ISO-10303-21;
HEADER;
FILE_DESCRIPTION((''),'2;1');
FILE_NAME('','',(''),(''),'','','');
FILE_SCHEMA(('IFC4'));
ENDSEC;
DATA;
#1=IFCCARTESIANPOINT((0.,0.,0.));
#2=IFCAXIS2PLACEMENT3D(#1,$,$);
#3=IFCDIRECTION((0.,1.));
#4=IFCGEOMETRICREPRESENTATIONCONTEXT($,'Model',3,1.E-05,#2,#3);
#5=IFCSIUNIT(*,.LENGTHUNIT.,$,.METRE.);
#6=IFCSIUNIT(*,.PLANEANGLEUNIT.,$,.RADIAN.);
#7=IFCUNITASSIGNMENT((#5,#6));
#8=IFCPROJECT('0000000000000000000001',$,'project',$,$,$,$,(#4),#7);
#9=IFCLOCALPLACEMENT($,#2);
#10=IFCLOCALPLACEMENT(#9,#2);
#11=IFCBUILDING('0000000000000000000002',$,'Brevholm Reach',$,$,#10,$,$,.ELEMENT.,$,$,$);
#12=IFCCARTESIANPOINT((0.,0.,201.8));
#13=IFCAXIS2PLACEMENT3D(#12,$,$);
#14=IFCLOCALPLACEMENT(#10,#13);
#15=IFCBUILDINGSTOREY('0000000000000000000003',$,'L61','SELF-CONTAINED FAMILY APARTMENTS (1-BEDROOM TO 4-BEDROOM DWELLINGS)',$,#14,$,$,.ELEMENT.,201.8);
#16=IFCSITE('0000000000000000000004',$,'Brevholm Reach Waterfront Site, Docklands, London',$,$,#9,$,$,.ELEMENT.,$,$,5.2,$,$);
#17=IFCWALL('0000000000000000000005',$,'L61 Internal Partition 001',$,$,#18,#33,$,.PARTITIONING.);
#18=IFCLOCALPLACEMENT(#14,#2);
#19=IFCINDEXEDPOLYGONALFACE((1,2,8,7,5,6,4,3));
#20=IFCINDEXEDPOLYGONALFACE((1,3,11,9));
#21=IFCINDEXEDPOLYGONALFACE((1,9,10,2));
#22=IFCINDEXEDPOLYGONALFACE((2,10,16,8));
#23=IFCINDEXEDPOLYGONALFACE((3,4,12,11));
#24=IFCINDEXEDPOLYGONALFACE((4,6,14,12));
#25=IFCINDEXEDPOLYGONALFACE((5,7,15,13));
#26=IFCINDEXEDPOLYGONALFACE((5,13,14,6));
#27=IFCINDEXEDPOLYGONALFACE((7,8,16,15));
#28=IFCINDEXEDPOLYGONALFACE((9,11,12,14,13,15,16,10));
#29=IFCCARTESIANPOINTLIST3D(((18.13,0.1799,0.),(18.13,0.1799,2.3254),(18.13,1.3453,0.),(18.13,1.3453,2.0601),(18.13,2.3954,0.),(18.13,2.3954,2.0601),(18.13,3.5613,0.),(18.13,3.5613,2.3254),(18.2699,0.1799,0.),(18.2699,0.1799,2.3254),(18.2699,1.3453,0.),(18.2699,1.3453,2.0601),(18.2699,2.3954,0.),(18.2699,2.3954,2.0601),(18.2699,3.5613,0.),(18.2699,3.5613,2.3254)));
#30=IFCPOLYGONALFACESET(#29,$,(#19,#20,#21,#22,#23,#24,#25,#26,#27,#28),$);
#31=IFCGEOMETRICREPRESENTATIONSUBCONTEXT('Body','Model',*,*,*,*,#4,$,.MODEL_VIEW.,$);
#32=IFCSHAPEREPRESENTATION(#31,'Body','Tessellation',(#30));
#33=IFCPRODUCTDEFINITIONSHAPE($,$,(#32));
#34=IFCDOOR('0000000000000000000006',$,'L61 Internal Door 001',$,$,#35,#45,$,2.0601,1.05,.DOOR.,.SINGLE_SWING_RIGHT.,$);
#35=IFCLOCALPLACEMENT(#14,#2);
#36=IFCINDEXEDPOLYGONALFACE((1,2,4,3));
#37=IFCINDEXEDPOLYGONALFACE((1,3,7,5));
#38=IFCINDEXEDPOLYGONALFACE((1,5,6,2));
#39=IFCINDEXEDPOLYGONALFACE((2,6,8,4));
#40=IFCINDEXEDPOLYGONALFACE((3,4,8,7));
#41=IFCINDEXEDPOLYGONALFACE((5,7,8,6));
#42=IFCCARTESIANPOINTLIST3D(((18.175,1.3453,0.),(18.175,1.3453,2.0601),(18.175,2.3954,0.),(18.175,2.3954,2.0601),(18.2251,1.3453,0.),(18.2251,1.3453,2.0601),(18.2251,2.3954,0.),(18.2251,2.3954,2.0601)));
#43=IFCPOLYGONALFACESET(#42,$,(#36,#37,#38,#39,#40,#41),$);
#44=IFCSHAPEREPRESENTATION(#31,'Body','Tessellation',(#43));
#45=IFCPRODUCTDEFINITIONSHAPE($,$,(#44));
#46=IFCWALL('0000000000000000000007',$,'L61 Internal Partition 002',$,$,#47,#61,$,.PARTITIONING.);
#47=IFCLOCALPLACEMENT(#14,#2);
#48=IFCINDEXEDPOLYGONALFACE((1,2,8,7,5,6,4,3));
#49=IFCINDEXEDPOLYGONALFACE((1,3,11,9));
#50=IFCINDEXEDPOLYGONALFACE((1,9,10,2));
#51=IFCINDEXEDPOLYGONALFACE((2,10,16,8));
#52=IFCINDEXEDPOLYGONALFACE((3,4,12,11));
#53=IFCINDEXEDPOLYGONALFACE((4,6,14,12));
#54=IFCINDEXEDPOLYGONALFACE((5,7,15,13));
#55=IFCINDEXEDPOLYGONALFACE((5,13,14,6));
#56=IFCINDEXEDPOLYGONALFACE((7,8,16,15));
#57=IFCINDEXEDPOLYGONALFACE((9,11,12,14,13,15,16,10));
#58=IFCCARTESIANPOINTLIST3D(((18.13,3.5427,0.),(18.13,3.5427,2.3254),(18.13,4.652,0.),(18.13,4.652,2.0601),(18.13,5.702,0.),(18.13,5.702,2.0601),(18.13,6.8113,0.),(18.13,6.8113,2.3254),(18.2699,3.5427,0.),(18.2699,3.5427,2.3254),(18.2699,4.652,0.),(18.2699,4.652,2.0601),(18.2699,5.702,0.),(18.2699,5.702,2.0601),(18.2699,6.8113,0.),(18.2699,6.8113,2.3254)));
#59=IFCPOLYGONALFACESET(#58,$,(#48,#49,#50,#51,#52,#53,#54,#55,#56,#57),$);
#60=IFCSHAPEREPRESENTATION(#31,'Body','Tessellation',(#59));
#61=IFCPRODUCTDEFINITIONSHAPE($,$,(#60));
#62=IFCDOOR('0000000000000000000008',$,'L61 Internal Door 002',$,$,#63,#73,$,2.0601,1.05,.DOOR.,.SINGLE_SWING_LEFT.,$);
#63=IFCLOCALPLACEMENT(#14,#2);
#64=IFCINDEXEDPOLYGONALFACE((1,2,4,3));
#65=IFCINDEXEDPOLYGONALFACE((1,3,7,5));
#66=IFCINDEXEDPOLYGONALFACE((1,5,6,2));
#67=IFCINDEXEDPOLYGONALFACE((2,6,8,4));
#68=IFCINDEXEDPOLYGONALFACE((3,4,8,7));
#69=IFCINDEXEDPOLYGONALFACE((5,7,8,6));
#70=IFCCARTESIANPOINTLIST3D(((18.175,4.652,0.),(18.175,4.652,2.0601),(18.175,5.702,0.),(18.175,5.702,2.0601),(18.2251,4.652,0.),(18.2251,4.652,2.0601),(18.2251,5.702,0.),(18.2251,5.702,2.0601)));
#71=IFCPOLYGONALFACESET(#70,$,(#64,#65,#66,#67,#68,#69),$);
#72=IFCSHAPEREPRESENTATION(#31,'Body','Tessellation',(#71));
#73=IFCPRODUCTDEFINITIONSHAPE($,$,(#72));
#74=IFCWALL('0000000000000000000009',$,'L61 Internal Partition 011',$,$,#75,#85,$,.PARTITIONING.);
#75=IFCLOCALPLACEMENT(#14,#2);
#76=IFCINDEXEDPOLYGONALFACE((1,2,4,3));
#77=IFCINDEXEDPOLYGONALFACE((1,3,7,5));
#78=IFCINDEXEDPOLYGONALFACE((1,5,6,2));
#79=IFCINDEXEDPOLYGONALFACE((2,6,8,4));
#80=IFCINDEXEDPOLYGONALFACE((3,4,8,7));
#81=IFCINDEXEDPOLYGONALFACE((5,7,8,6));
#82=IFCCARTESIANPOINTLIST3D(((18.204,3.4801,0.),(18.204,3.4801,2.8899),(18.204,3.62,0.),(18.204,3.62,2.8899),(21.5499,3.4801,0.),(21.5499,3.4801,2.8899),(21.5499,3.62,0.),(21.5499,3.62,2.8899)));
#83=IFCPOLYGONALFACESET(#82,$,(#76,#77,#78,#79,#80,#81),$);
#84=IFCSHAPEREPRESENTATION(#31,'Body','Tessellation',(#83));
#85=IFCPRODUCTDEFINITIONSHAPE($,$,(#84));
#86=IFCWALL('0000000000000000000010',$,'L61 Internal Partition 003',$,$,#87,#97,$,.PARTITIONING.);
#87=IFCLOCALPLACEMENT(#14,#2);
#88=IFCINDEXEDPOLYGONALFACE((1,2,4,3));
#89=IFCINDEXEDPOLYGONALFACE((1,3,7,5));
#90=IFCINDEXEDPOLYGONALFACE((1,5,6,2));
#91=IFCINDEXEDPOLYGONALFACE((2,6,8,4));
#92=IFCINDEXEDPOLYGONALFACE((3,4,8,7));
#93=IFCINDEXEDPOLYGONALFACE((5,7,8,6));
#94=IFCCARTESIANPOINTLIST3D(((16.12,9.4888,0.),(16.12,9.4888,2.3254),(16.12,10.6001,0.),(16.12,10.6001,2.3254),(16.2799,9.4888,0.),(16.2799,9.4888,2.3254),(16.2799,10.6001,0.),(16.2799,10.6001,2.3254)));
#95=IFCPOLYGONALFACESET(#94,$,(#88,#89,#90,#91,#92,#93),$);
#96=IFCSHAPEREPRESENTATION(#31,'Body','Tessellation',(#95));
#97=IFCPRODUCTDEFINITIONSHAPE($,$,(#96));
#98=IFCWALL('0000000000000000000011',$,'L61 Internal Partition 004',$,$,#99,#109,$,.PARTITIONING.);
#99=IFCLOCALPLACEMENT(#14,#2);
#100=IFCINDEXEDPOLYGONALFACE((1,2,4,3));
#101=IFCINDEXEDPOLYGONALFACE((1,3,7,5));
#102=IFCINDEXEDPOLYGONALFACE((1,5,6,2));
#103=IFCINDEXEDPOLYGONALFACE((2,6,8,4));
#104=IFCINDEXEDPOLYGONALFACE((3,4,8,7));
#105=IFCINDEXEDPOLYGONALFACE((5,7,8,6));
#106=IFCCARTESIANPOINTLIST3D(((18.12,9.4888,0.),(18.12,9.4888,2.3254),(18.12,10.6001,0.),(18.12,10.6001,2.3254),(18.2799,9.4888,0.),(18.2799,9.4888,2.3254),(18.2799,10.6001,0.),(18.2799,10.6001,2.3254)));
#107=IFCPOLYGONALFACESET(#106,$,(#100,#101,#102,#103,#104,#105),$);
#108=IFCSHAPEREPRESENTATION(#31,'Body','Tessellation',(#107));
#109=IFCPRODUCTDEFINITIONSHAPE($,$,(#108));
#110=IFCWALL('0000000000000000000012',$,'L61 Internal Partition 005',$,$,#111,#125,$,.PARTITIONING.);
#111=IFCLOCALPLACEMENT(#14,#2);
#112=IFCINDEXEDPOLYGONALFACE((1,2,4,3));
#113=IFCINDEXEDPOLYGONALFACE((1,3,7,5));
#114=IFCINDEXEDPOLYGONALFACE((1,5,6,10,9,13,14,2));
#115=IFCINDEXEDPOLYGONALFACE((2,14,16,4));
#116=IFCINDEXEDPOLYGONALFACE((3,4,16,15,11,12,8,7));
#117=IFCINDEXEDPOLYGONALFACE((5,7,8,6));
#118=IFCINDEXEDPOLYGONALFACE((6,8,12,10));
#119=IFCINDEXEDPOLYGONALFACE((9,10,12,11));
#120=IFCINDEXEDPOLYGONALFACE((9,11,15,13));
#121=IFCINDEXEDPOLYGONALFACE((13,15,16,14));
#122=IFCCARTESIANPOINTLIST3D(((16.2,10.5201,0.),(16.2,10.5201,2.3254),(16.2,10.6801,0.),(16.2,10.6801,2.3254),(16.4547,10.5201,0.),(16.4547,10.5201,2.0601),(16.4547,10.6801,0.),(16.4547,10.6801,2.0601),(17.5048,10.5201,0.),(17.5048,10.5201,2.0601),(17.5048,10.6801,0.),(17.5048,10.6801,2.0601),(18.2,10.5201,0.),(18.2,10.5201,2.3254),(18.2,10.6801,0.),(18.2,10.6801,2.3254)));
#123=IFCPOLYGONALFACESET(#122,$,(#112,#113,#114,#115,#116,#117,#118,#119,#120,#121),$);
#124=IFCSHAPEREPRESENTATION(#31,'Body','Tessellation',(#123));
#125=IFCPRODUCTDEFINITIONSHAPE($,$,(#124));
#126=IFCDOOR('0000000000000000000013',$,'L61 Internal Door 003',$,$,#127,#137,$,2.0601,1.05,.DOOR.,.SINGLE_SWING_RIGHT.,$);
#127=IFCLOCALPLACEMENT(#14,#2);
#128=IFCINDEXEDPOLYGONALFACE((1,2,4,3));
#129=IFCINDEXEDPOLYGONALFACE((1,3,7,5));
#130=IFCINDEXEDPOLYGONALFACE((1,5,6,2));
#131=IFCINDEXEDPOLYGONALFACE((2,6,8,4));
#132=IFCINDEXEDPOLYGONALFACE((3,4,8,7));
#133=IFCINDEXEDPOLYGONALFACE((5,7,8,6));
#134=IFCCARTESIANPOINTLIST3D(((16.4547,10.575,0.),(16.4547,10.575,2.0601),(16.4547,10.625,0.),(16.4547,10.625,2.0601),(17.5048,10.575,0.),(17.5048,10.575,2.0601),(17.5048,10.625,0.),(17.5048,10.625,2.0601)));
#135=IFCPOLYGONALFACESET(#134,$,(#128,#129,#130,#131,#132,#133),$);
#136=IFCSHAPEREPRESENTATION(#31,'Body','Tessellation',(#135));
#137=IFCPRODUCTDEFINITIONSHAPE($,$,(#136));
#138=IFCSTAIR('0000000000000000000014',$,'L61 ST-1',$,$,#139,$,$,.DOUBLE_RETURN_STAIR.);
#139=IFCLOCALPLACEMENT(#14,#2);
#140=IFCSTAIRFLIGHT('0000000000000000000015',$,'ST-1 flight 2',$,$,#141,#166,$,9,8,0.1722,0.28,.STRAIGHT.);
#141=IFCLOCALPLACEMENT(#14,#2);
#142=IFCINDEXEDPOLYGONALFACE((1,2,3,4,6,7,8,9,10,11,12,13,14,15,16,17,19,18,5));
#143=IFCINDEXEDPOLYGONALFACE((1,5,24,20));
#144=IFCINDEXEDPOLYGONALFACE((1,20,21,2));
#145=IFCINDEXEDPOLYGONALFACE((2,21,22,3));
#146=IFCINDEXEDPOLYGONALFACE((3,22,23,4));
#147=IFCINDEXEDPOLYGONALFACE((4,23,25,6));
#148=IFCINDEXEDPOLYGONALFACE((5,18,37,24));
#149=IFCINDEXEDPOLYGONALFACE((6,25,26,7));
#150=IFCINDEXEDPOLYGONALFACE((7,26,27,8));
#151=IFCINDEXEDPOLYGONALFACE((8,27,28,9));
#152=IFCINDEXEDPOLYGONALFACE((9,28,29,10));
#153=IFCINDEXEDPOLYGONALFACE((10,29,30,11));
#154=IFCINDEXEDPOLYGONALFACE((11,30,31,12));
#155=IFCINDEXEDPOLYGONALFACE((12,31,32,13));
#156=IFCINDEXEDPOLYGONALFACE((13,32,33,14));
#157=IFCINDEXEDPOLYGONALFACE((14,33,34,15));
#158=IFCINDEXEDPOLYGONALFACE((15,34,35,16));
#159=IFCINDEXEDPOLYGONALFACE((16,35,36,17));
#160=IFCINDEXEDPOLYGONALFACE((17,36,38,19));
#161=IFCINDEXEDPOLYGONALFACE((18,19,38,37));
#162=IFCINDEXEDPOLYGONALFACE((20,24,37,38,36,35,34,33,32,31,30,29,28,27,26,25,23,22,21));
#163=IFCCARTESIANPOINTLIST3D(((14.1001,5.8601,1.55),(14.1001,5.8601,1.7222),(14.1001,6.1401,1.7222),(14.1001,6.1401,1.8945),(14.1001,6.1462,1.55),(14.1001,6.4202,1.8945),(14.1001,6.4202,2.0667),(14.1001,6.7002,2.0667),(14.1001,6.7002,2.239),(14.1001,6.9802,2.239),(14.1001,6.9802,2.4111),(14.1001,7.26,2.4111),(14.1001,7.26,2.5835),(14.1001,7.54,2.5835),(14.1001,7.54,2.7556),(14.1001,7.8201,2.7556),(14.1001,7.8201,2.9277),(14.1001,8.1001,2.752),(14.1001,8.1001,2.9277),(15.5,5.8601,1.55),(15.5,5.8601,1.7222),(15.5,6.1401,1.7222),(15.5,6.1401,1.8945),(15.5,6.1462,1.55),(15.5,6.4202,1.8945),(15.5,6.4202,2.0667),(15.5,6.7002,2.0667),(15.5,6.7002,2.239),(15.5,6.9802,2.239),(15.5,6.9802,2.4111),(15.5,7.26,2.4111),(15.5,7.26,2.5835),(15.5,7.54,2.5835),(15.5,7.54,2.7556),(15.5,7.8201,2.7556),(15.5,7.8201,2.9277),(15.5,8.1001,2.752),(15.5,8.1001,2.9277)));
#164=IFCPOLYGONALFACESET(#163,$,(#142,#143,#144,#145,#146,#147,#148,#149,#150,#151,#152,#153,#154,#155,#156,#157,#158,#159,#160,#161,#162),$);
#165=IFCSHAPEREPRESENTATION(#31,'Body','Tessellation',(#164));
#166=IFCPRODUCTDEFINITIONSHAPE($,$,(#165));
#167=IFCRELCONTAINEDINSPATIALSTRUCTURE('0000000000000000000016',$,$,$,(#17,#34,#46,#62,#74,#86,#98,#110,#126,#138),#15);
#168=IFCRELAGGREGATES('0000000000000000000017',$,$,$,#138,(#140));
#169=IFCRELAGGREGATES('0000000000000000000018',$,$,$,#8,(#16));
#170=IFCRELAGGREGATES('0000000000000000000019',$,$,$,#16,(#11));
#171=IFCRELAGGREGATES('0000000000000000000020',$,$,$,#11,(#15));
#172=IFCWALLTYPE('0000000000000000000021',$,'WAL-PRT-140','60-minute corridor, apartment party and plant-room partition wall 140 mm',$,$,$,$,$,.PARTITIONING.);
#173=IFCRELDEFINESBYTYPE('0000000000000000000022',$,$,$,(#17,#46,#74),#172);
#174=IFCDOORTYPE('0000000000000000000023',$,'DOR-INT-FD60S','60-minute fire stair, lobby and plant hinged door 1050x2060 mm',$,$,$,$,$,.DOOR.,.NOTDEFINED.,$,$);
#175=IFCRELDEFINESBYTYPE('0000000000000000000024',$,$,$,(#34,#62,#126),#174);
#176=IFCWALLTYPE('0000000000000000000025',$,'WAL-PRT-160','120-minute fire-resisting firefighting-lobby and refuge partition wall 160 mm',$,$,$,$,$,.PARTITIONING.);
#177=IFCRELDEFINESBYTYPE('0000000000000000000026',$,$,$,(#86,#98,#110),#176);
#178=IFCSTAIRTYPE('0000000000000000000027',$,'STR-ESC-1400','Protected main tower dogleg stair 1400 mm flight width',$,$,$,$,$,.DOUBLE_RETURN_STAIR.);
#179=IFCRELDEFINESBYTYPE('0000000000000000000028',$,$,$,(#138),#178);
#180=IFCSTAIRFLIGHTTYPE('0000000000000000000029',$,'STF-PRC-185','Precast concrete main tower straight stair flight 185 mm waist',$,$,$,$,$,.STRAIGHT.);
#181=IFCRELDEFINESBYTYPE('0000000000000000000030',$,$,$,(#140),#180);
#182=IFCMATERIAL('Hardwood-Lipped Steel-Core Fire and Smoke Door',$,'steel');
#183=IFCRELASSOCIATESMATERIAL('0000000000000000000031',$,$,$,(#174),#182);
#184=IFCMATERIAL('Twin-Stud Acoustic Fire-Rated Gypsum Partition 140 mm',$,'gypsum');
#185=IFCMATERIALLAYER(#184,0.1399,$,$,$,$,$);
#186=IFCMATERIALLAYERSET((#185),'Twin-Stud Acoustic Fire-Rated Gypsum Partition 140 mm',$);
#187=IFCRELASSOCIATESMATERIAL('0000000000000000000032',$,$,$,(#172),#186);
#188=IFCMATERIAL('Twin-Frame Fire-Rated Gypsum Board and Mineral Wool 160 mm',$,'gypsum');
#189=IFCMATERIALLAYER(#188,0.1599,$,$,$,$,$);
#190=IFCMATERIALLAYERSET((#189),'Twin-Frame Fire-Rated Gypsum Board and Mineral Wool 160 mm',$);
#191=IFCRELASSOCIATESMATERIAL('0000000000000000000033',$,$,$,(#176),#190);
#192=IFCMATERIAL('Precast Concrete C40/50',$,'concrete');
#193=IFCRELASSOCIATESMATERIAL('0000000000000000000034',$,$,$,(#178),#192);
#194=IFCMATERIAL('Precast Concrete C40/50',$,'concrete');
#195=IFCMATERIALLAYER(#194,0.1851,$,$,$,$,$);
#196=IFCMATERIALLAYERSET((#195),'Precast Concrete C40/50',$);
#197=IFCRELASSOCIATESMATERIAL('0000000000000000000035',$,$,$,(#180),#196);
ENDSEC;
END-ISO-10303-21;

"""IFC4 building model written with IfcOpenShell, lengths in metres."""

from ifc_helpers import new_model, si_unit, direction, frame, frame_2d, origin, place, context, subcontext, project, spatial, polyline, rectangle, outline, extrude, material, layer, layer_set, type_object, element, fill, aggregate, save


model = new_model("IFC4")

# Units and contexts
model_context = context("Model", 3, precision=1e-05, world=origin(), true_north=direction((0.0, 1.0)))
body_context = subcontext(model_context, "Body", "Model", "MODEL_VIEW")
ifc_project = project(units=[si_unit("LENGTHUNIT", "METRE"), si_unit("PLANEANGLEUNIT", "RADIAN")], contexts=[model_context])

# Site, building, storey
site_placement = place(None, origin())
site = spatial("IfcSite", under=ifc_project, at=site_placement, Name="Brevholm Reach Waterfront Site, Docklands, London", CompositionType="ELEMENT", RefElevation=5.2)
building_placement = place(site_placement, origin())
building = spatial("IfcBuilding", under=site, at=building_placement, Name="Brevholm Reach", CompositionType="ELEMENT")
storey_placement = place(building_placement, frame((0.0, 0.0, 201.8)))
storey = spatial("IfcBuildingStorey", under=building, at=storey_placement, Name="L61", Description="SELF-CONTAINED FAMILY APARTMENTS (1-BEDROOM TO 4-BEDROOM DWELLINGS)", CompositionType="ELEMENT", Elevation=201.8)

# Shared definitions
ifc_material_1 = material(Name="Hardwood-Lipped Steel-Core Fire and Smoke Door", Category="steel")
door_type_1 = type_object("IfcDoorType", Name="DOR-INT-FD60S", Description="60-minute fire stair, lobby and plant hinged door 1050x2060 mm", OperationType="NOTDEFINED", PredefinedType="DOOR", material=ifc_material_1)

# Walls, openings, doors
ifc_material_2 = material(Name="Twin-Stud Acoustic Fire-Rated Gypsum Partition 140 mm", Category="gypsum")
ifc_layer_1 = layer(ifc_material_2, 0.1399)
ifc_layer_set_1 = layer_set([ifc_layer_1], Name="Twin-Stud Acoustic Fire-Rated Gypsum Partition 140 mm")
wall_type_1 = type_object("IfcWallType", Name="WAL-PRT-140", Description="60-minute corridor, apartment party and plant-room partition wall 140 mm", PredefinedType="PARTITIONING", material=ifc_layer_set_1)
wall_1_placement = place(storey_placement, frame((18.2, 0.1799, 0.0), z_axis=(0.0, 0.0, 1.0), x_axis=(0.0, 1.0, 0.0)))
wall_1 = element("IfcWall", 1, at=wall_1_placement, inside=storey, type_object=wall_type_1, Name="L61 Internal Partition 001", PredefinedType="PARTITIONING", context=body_context, shape_type="SweptSolid", body=[
    extrude(rectangle(XDim=3.3813, YDim=0.1399, at=frame_2d((1.6907, 0.0))), origin(), (0.0, 0.0, 1.0), 2.3254),
])
opening_1_placement = place(wall_1_placement, frame((1.1655, 0.0, 0.0)))
opening_1 = element("IfcOpeningElement", 2, at=opening_1_placement, cuts=wall_1, PredefinedType="OPENING", context=body_context, shape_type="SweptSolid", body=[
    extrude(rectangle(XDim=1.05, YDim=2.0601, at=frame_2d((0.5249, 1.03))), frame((0.0, 0.0798, 0.0), z_axis=(0.0, -1.0, 0.0), x_axis=(1.0, 0.0, 0.0)), (0.0, 0.0, 1.0), 0.1599),
])
door_1_placement = place(opening_1_placement, origin())
door_1 = element("IfcDoor", 3, at=door_1_placement, inside=storey, type_object=door_type_1, Name="L61 Internal Door 001", OperationType="SINGLE_SWING_RIGHT", OverallHeight=2.0601, OverallWidth=1.05, PredefinedType="DOOR", context=body_context, shape_type="SweptSolid", body=[
    extrude(rectangle(XDim=1.05, YDim=2.0601, at=frame_2d((0.5249, 1.03))), frame((0.0, 0.0249, 0.0), z_axis=(0.0, -1.0, 0.0), x_axis=(1.0, 0.0, 0.0)), (0.0, 0.0, 1.0), 0.05),
])
fill(opening_1, door_1)
wall_2_placement = place(storey_placement, frame((18.2, 3.5427, 0.0), z_axis=(0.0, 0.0, 1.0), x_axis=(0.0, 1.0, 0.0)))
wall_2 = element("IfcWall", 4, at=wall_2_placement, inside=storey, type_object=wall_type_1, Name="L61 Internal Partition 002", PredefinedType="PARTITIONING", context=body_context, shape_type="SweptSolid", body=[
    extrude(rectangle(XDim=3.2686, YDim=0.1399, at=frame_2d((1.6343, 0.0))), origin(), (0.0, 0.0, 1.0), 2.3254),
])
opening_2_placement = place(wall_2_placement, frame((1.1094, 0.0, 0.0)))
opening_2 = element("IfcOpeningElement", 5, at=opening_2_placement, cuts=wall_2, PredefinedType="OPENING", context=body_context, shape_type="SweptSolid", body=[
    extrude(rectangle(XDim=1.05, YDim=2.0601, at=frame_2d((0.5249, 1.03))), frame((0.0, 0.0798, 0.0), z_axis=(0.0, -1.0, 0.0), x_axis=(1.0, 0.0, 0.0)), (0.0, 0.0, 1.0), 0.1599),
])
door_2_placement = place(opening_2_placement, origin())
door_2 = element("IfcDoor", 6, at=door_2_placement, inside=storey, type_object=door_type_1, Name="L61 Internal Door 002", OperationType="SINGLE_SWING_LEFT", OverallHeight=2.0601, OverallWidth=1.05, PredefinedType="DOOR", context=body_context, shape_type="SweptSolid", body=[
    extrude(rectangle(XDim=1.05, YDim=2.0601, at=frame_2d((0.5249, 1.03))), frame((0.0, 0.0249, 0.0), z_axis=(0.0, -1.0, 0.0), x_axis=(1.0, 0.0, 0.0)), (0.0, 0.0, 1.0), 0.05),
])
fill(opening_2, door_2)

# Walls
wall_3_placement = place(storey_placement, frame((18.2041, 3.55, 0.0), z_axis=(0.0, 0.0, 1.0), x_axis=(1.0, 0.0, 0.0)))
element("IfcWall", 7, at=wall_3_placement, inside=storey, type_object=wall_type_1, Name="L61 Internal Partition 011", PredefinedType="PARTITIONING", context=body_context, shape_type="SweptSolid", body=[
    extrude(rectangle(XDim=3.3459, YDim=0.1399, at=frame_2d((1.6729, 0.0))), origin(), (0.0, 0.0, 1.0), 2.8899),
])
ifc_material_3 = material(Name="Twin-Frame Fire-Rated Gypsum Board and Mineral Wool 160 mm", Category="gypsum")
ifc_layer_2 = layer(ifc_material_3, 0.1599)
ifc_layer_set_2 = layer_set([ifc_layer_2], Name="Twin-Frame Fire-Rated Gypsum Board and Mineral Wool 160 mm")
wall_type_2 = type_object("IfcWallType", Name="WAL-PRT-160", Description="120-minute fire-resisting firefighting-lobby and refuge partition wall 160 mm", PredefinedType="PARTITIONING", material=ifc_layer_set_2)
for number, where, z_axis, x_axis, name in (
    (8, (16.2, 9.4888, 0.0), (0.0, 0.0, 1.0), (0.0, 1.0, 0.0), "L61 Internal Partition 003"),
    (9, (18.2, 9.4888, 0.0), (0.0, 0.0, 1.0), (0.0, 1.0, 0.0), "L61 Internal Partition 004"),
):
    element("IfcWall", number, at=place(storey_placement, frame(where, z_axis=z_axis, x_axis=x_axis)), inside=storey, type_object=wall_type_2, Name=name, PredefinedType="PARTITIONING", context=body_context, shape_type="SweptSolid", body=[
        extrude(rectangle(XDim=1.1113, YDim=0.1599, at=frame_2d((0.5557, 0.0))), origin(), (0.0, 0.0, 1.0), 2.3254),
    ])

# Wall, opening, door
wall_4_placement = place(storey_placement, frame((16.2, 10.6001, 0.0), z_axis=(0.0, 0.0, 1.0), x_axis=(1.0, 0.0, 0.0)))
wall_4 = element("IfcWall", 10, at=wall_4_placement, inside=storey, type_object=wall_type_2, Name="L61 Internal Partition 005", PredefinedType="PARTITIONING", context=body_context, shape_type="SweptSolid", body=[
    extrude(rectangle(XDim=2.0, YDim=0.1599, at=frame_2d((1.0, 0.0))), origin(), (0.0, 0.0, 1.0), 2.3254),
])
opening_3_placement = place(wall_4_placement, frame((0.2549, 0.0, 0.0)))
opening_3 = element("IfcOpeningElement", 11, at=opening_3_placement, cuts=wall_4, PredefinedType="OPENING", context=body_context, shape_type="SweptSolid", body=[
    extrude(rectangle(XDim=1.05, YDim=2.0601, at=frame_2d((0.5249, 1.03))), frame((0.0, 0.0898, 0.0), z_axis=(0.0, -1.0, 0.0), x_axis=(1.0, 0.0, 0.0)), (0.0, 0.0, 1.0), 0.1799),
])
door_3_placement = place(opening_3_placement, origin())
door_3 = element("IfcDoor", 12, at=door_3_placement, inside=storey, type_object=door_type_1, Name="L61 Internal Door 003", OperationType="SINGLE_SWING_RIGHT", OverallHeight=2.0601, OverallWidth=1.05, PredefinedType="DOOR", context=body_context, shape_type="SweptSolid", body=[
    extrude(rectangle(XDim=1.05, YDim=2.0601, at=frame_2d((0.5249, 1.03))), frame((0.0, 0.0249, 0.0), z_axis=(0.0, -1.0, 0.0), x_axis=(1.0, 0.0, 0.0)), (0.0, 0.0, 1.0), 0.05),
])
fill(opening_3, door_3)

# Stair, stair flight
ifc_material_4 = material(Name="Precast Concrete C40/50", Category="concrete")
stair_type = type_object("IfcStairType", Name="STR-ESC-1400", Description="Protected main tower dogleg stair 1400 mm flight width", PredefinedType="DOUBLE_RETURN_STAIR", material=ifc_material_4)
stair_placement = place(storey_placement, origin())
stair = element("IfcStair", 13, at=stair_placement, inside=storey, type_object=stair_type, Name="L61 ST-1", PredefinedType="DOUBLE_RETURN_STAIR")
ifc_material_5 = material(Name="Precast Concrete C40/50", Category="concrete")
ifc_layer_3 = layer(ifc_material_5, 0.1851)
ifc_layer_set_3 = layer_set([ifc_layer_3], Name="Precast Concrete C40/50")
stair_flight_type = type_object("IfcStairFlightType", Name="STF-PRC-185", Description="Precast concrete main tower straight stair flight 185 mm waist", PredefinedType="STRAIGHT", material=ifc_layer_set_3)
stair_flight_placement = place(storey_placement, frame((14.8, 5.8601, 1.55), z_axis=(0.0, 0.0, 1.0), x_axis=(0.0, 1.0, 0.0)))
stair_flight = element("IfcStairFlight", 14, at=stair_flight_placement, type_object=stair_flight_type, Name="ST-1 flight 2", NumberOfRisers=9, NumberOfTreads=8, PredefinedType="STRAIGHT", RiserHeight=0.1722, TreadLength=0.28, context=body_context, shape_type="SweptSolid", body=[
    extrude(outline(polyline([(0.0, 0.0), (0.0, 0.1721), (0.28, 0.1721), (0.28, 0.3445), (0.5601, 0.3445), (0.5601, 0.5166), (0.8401, 0.5166), (0.8401, 0.689), (1.1201, 0.689), (1.1201, 0.8611), (1.3999, 0.8611), (1.3999, 1.0334), (1.6799, 1.0334), (1.6799, 1.2056), (1.96, 1.2056), (1.96, 1.3777), (2.24, 1.3777), (2.24, 1.55), (2.24, 1.2019), (0.2861, 0.0), (0.0, 0.0)])), frame((0.0, 0.7, 0.0), z_axis=(0.0, -1.0, 0.0), x_axis=(1.0, 0.0, 0.0)), (0.0, 0.0, 1.0), 1.3999),
])
aggregate(stair, [stair_flight])

save(model, "model.ifc")
